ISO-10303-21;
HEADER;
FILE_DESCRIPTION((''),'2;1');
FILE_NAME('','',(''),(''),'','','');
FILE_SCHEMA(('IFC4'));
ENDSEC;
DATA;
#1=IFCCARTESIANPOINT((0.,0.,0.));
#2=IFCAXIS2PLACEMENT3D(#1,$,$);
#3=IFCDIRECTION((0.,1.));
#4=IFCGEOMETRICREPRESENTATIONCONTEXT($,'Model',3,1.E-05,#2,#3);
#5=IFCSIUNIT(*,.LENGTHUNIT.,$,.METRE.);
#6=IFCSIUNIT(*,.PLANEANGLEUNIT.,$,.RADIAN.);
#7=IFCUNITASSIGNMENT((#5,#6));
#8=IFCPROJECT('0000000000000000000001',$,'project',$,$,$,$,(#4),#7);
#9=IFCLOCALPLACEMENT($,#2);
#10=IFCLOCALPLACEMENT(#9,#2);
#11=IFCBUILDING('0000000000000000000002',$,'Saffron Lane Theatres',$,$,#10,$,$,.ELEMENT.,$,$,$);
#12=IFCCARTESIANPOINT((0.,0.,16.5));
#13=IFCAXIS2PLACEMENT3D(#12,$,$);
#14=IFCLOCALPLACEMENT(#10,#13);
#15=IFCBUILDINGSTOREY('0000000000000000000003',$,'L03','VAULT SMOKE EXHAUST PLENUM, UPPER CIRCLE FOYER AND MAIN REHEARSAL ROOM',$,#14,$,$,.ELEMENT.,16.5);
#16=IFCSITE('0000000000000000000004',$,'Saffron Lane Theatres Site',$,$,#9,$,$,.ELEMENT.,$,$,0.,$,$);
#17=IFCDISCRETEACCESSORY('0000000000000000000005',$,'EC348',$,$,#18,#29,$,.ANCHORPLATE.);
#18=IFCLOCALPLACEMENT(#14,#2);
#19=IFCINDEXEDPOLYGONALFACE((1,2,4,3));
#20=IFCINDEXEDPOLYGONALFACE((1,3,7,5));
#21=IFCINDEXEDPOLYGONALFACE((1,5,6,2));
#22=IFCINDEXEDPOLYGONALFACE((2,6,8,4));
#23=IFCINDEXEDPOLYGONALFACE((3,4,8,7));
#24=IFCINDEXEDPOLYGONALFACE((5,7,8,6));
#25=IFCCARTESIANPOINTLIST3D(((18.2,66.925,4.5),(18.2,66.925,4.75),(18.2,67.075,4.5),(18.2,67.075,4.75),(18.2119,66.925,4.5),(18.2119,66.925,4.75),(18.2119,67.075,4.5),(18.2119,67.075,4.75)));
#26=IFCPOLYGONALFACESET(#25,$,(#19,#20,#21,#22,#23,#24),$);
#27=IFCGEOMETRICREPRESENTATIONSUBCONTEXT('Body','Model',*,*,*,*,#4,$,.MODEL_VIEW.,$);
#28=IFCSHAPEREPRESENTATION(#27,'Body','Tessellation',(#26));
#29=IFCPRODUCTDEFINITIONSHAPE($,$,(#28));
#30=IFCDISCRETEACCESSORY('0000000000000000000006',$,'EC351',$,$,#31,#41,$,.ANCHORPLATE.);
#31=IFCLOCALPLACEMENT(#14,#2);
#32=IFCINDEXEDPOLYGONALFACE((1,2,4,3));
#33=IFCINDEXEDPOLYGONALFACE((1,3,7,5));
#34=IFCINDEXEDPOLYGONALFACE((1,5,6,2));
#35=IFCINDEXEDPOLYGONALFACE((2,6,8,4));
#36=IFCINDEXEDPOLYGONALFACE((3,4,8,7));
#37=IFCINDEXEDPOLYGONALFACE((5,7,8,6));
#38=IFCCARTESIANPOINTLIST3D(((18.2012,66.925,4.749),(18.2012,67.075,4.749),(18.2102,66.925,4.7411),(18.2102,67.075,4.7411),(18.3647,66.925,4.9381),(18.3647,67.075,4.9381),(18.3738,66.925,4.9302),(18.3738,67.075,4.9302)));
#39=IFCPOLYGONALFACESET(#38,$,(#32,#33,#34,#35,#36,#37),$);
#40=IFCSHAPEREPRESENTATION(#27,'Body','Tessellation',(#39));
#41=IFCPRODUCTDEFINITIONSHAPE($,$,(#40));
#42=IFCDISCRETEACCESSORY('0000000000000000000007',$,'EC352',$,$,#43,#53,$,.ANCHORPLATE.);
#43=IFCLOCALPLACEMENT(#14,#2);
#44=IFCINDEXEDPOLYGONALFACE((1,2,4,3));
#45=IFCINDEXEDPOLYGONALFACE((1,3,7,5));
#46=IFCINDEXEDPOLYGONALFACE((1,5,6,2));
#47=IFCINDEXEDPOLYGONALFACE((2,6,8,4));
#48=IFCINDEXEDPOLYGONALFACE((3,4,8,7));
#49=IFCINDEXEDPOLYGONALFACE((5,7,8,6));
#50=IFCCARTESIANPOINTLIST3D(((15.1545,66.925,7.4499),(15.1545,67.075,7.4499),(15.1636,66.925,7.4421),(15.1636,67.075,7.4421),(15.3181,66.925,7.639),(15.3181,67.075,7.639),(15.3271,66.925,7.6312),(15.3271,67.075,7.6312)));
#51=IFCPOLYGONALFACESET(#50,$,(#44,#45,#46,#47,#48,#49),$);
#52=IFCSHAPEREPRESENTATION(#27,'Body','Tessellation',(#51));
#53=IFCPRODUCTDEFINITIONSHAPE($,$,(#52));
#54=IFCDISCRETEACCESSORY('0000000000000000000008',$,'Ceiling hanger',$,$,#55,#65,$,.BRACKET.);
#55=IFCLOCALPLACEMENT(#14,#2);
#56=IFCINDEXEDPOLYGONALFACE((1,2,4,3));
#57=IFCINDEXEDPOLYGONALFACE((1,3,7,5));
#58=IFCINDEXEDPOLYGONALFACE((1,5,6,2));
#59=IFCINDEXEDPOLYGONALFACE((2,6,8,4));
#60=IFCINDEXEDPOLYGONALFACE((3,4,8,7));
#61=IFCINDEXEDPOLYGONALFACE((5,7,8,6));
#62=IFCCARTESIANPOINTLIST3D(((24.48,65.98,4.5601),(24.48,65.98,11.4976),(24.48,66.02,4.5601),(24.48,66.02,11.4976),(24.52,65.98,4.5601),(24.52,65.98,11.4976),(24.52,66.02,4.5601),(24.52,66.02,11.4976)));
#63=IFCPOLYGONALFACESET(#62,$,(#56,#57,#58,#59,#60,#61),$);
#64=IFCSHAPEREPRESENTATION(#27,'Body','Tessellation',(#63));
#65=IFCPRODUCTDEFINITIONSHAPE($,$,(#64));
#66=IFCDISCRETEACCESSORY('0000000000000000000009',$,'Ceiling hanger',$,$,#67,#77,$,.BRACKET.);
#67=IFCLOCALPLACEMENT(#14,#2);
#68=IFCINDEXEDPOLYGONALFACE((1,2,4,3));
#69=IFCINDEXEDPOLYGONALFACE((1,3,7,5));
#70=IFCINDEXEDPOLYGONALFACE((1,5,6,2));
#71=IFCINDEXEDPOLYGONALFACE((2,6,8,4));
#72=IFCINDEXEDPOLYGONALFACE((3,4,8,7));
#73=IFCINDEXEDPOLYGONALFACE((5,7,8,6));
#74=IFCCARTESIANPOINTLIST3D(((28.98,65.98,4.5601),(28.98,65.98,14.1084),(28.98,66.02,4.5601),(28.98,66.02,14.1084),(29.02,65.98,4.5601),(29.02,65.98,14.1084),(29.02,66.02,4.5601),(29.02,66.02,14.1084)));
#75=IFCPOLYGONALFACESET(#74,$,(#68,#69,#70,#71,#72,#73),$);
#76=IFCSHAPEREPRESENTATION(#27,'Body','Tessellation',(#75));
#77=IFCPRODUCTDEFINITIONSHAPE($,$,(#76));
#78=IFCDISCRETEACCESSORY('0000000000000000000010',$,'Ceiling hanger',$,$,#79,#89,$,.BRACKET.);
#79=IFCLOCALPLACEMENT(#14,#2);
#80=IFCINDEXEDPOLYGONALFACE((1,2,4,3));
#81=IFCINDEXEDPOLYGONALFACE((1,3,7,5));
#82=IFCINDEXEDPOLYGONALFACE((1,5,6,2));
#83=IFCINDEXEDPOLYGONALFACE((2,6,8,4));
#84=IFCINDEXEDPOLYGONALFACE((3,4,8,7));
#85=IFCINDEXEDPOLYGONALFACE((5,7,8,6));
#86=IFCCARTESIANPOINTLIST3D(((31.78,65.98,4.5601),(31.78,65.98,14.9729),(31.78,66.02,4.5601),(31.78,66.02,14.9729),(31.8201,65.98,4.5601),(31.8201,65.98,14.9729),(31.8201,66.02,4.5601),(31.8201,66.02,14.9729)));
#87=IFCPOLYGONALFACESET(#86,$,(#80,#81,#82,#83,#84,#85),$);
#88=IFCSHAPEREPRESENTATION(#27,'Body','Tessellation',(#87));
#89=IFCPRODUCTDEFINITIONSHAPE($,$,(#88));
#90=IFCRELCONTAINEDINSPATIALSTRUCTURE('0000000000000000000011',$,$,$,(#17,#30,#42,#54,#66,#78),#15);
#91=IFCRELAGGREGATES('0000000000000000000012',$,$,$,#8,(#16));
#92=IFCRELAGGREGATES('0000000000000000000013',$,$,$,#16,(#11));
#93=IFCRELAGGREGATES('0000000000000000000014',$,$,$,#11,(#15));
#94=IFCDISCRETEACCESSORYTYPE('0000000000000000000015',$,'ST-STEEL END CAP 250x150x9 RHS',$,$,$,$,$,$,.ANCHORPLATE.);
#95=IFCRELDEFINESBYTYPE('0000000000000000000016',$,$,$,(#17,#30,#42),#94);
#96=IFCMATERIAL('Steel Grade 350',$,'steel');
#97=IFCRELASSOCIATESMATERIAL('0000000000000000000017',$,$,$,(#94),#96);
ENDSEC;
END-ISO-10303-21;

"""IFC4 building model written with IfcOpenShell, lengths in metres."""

from ifc_helpers import new_model, si_unit, direction, frame, origin, origin_2d, place, context, subcontext, project, spatial, rectangle, extrude, material, material_profile, profile_set, type_object, element, save


model = new_model("IFC4")

# Units and contexts
model_context = context("Model", 3, precision=1e-05, world=origin(), true_north=direction((0.0, 1.0)))
body_context = subcontext(model_context, "Body", "Model", "MODEL_VIEW")
ifc_project = project(units=[si_unit("LENGTHUNIT", "METRE"), si_unit("PLANEANGLEUNIT", "RADIAN")], contexts=[model_context])

# Site, building, storey
site_placement = place(None, origin())
site = spatial("IfcSite", under=ifc_project, at=site_placement, Name="Saffron Lane Theatres Site", CompositionType="ELEMENT", RefElevation=0.0)
building_placement = place(site_placement, origin())
building = spatial("IfcBuilding", under=site, at=building_placement, Name="Saffron Lane Theatres", CompositionType="ELEMENT")
storey_placement = place(building_placement, frame((0.0, 0.0, 16.5)))
storey = spatial("IfcBuildingStorey", under=building, at=storey_placement, Name="L03", Description="VAULT SMOKE EXHAUST PLENUM, UPPER CIRCLE FOYER AND MAIN REHEARSAL ROOM", CompositionType="ELEMENT", Elevation=16.5)

# Discrete accessories
ifc_material_1 = material(Name="Steel Grade 350", Category="steel")
ifc_material_profile_1 = material_profile(ifc_material_1, rectangle(XDim=0.1499, YDim=0.25, at=origin_2d()))
ifc_profile_set_1 = profile_set([ifc_material_profile_1], Name="Steel Grade 350")
discrete_accessory_type_1 = type_object("IfcDiscreteAccessoryType", Name="ST-STEEL END CAP 250x150x9 RHS", PredefinedType="ANCHORPLATE", material=ifc_profile_set_1)
for number, where, z_axis, x_axis, name in (
    (1, (18.2, 67.0, 4.625), (1.0, 0.0, 0.0), (0.0, 1.0, 0.0), "EC348"),
    (2, (18.292, 67.0, 4.8357), (-0.756363, 0.0, 0.654152), (0.0, -1.0, 0.0), "EC351"),
    (3, (15.2454, 67.0, 7.5366), (-0.756363, 0.0, 0.654152), (0.0, -1.0, 0.0), "EC352"),
):
    element("IfcDiscreteAccessory", number, at=place(storey_placement, frame(where, z_axis=z_axis, x_axis=x_axis)), inside=storey, type_object=discrete_accessory_type_1, Name=name, PredefinedType="ANCHORPLATE", context=body_context, shape_type="SweptSolid", body=[
        extrude(rectangle(XDim=0.1499, YDim=0.25, at=origin_2d()), origin(), (0.0, 0.0, 1.0), 0.012),
    ])
discrete_accessory_1_placement = place(storey_placement, frame((24.5, 66.0, 4.5601), z_axis=(0.0, 0.0, 1.0), x_axis=(1.0, 0.0, 0.0)))
element("IfcDiscreteAccessory", 4, at=discrete_accessory_1_placement, inside=storey, Name="Ceiling hanger", PredefinedType="BRACKET", context=body_context, shape_type="SweptSolid", body=[
    extrude(rectangle(XDim=0.04, YDim=0.04, at=origin_2d()), origin(), (0.0, 0.0, 1.0), 6.9375),
])
discrete_accessory_2_placement = place(storey_placement, frame((29.0, 66.0, 4.5601), z_axis=(0.0, 0.0, 1.0), x_axis=(1.0, 0.0, 0.0)))
element("IfcDiscreteAccessory", 5, at=discrete_accessory_2_placement, inside=storey, Name="Ceiling hanger", PredefinedType="BRACKET", context=body_context, shape_type="SweptSolid", body=[
    extrude(rectangle(XDim=0.04, YDim=0.04, at=origin_2d()), origin(), (0.0, 0.0, 1.0), 9.5483),
])
discrete_accessory_3_placement = place(storey_placement, frame((31.8, 66.0, 4.5601), z_axis=(0.0, 0.0, 1.0), x_axis=(1.0, 0.0, 0.0)))
element("IfcDiscreteAccessory", 6, at=discrete_accessory_3_placement, inside=storey, Name="Ceiling hanger", PredefinedType="BRACKET", context=body_context, shape_type="SweptSolid", body=[
    extrude(rectangle(XDim=0.04, YDim=0.04, at=origin_2d()), origin(), (0.0, 0.0, 1.0), 10.4128),
])

save(model, "model.ifc")
